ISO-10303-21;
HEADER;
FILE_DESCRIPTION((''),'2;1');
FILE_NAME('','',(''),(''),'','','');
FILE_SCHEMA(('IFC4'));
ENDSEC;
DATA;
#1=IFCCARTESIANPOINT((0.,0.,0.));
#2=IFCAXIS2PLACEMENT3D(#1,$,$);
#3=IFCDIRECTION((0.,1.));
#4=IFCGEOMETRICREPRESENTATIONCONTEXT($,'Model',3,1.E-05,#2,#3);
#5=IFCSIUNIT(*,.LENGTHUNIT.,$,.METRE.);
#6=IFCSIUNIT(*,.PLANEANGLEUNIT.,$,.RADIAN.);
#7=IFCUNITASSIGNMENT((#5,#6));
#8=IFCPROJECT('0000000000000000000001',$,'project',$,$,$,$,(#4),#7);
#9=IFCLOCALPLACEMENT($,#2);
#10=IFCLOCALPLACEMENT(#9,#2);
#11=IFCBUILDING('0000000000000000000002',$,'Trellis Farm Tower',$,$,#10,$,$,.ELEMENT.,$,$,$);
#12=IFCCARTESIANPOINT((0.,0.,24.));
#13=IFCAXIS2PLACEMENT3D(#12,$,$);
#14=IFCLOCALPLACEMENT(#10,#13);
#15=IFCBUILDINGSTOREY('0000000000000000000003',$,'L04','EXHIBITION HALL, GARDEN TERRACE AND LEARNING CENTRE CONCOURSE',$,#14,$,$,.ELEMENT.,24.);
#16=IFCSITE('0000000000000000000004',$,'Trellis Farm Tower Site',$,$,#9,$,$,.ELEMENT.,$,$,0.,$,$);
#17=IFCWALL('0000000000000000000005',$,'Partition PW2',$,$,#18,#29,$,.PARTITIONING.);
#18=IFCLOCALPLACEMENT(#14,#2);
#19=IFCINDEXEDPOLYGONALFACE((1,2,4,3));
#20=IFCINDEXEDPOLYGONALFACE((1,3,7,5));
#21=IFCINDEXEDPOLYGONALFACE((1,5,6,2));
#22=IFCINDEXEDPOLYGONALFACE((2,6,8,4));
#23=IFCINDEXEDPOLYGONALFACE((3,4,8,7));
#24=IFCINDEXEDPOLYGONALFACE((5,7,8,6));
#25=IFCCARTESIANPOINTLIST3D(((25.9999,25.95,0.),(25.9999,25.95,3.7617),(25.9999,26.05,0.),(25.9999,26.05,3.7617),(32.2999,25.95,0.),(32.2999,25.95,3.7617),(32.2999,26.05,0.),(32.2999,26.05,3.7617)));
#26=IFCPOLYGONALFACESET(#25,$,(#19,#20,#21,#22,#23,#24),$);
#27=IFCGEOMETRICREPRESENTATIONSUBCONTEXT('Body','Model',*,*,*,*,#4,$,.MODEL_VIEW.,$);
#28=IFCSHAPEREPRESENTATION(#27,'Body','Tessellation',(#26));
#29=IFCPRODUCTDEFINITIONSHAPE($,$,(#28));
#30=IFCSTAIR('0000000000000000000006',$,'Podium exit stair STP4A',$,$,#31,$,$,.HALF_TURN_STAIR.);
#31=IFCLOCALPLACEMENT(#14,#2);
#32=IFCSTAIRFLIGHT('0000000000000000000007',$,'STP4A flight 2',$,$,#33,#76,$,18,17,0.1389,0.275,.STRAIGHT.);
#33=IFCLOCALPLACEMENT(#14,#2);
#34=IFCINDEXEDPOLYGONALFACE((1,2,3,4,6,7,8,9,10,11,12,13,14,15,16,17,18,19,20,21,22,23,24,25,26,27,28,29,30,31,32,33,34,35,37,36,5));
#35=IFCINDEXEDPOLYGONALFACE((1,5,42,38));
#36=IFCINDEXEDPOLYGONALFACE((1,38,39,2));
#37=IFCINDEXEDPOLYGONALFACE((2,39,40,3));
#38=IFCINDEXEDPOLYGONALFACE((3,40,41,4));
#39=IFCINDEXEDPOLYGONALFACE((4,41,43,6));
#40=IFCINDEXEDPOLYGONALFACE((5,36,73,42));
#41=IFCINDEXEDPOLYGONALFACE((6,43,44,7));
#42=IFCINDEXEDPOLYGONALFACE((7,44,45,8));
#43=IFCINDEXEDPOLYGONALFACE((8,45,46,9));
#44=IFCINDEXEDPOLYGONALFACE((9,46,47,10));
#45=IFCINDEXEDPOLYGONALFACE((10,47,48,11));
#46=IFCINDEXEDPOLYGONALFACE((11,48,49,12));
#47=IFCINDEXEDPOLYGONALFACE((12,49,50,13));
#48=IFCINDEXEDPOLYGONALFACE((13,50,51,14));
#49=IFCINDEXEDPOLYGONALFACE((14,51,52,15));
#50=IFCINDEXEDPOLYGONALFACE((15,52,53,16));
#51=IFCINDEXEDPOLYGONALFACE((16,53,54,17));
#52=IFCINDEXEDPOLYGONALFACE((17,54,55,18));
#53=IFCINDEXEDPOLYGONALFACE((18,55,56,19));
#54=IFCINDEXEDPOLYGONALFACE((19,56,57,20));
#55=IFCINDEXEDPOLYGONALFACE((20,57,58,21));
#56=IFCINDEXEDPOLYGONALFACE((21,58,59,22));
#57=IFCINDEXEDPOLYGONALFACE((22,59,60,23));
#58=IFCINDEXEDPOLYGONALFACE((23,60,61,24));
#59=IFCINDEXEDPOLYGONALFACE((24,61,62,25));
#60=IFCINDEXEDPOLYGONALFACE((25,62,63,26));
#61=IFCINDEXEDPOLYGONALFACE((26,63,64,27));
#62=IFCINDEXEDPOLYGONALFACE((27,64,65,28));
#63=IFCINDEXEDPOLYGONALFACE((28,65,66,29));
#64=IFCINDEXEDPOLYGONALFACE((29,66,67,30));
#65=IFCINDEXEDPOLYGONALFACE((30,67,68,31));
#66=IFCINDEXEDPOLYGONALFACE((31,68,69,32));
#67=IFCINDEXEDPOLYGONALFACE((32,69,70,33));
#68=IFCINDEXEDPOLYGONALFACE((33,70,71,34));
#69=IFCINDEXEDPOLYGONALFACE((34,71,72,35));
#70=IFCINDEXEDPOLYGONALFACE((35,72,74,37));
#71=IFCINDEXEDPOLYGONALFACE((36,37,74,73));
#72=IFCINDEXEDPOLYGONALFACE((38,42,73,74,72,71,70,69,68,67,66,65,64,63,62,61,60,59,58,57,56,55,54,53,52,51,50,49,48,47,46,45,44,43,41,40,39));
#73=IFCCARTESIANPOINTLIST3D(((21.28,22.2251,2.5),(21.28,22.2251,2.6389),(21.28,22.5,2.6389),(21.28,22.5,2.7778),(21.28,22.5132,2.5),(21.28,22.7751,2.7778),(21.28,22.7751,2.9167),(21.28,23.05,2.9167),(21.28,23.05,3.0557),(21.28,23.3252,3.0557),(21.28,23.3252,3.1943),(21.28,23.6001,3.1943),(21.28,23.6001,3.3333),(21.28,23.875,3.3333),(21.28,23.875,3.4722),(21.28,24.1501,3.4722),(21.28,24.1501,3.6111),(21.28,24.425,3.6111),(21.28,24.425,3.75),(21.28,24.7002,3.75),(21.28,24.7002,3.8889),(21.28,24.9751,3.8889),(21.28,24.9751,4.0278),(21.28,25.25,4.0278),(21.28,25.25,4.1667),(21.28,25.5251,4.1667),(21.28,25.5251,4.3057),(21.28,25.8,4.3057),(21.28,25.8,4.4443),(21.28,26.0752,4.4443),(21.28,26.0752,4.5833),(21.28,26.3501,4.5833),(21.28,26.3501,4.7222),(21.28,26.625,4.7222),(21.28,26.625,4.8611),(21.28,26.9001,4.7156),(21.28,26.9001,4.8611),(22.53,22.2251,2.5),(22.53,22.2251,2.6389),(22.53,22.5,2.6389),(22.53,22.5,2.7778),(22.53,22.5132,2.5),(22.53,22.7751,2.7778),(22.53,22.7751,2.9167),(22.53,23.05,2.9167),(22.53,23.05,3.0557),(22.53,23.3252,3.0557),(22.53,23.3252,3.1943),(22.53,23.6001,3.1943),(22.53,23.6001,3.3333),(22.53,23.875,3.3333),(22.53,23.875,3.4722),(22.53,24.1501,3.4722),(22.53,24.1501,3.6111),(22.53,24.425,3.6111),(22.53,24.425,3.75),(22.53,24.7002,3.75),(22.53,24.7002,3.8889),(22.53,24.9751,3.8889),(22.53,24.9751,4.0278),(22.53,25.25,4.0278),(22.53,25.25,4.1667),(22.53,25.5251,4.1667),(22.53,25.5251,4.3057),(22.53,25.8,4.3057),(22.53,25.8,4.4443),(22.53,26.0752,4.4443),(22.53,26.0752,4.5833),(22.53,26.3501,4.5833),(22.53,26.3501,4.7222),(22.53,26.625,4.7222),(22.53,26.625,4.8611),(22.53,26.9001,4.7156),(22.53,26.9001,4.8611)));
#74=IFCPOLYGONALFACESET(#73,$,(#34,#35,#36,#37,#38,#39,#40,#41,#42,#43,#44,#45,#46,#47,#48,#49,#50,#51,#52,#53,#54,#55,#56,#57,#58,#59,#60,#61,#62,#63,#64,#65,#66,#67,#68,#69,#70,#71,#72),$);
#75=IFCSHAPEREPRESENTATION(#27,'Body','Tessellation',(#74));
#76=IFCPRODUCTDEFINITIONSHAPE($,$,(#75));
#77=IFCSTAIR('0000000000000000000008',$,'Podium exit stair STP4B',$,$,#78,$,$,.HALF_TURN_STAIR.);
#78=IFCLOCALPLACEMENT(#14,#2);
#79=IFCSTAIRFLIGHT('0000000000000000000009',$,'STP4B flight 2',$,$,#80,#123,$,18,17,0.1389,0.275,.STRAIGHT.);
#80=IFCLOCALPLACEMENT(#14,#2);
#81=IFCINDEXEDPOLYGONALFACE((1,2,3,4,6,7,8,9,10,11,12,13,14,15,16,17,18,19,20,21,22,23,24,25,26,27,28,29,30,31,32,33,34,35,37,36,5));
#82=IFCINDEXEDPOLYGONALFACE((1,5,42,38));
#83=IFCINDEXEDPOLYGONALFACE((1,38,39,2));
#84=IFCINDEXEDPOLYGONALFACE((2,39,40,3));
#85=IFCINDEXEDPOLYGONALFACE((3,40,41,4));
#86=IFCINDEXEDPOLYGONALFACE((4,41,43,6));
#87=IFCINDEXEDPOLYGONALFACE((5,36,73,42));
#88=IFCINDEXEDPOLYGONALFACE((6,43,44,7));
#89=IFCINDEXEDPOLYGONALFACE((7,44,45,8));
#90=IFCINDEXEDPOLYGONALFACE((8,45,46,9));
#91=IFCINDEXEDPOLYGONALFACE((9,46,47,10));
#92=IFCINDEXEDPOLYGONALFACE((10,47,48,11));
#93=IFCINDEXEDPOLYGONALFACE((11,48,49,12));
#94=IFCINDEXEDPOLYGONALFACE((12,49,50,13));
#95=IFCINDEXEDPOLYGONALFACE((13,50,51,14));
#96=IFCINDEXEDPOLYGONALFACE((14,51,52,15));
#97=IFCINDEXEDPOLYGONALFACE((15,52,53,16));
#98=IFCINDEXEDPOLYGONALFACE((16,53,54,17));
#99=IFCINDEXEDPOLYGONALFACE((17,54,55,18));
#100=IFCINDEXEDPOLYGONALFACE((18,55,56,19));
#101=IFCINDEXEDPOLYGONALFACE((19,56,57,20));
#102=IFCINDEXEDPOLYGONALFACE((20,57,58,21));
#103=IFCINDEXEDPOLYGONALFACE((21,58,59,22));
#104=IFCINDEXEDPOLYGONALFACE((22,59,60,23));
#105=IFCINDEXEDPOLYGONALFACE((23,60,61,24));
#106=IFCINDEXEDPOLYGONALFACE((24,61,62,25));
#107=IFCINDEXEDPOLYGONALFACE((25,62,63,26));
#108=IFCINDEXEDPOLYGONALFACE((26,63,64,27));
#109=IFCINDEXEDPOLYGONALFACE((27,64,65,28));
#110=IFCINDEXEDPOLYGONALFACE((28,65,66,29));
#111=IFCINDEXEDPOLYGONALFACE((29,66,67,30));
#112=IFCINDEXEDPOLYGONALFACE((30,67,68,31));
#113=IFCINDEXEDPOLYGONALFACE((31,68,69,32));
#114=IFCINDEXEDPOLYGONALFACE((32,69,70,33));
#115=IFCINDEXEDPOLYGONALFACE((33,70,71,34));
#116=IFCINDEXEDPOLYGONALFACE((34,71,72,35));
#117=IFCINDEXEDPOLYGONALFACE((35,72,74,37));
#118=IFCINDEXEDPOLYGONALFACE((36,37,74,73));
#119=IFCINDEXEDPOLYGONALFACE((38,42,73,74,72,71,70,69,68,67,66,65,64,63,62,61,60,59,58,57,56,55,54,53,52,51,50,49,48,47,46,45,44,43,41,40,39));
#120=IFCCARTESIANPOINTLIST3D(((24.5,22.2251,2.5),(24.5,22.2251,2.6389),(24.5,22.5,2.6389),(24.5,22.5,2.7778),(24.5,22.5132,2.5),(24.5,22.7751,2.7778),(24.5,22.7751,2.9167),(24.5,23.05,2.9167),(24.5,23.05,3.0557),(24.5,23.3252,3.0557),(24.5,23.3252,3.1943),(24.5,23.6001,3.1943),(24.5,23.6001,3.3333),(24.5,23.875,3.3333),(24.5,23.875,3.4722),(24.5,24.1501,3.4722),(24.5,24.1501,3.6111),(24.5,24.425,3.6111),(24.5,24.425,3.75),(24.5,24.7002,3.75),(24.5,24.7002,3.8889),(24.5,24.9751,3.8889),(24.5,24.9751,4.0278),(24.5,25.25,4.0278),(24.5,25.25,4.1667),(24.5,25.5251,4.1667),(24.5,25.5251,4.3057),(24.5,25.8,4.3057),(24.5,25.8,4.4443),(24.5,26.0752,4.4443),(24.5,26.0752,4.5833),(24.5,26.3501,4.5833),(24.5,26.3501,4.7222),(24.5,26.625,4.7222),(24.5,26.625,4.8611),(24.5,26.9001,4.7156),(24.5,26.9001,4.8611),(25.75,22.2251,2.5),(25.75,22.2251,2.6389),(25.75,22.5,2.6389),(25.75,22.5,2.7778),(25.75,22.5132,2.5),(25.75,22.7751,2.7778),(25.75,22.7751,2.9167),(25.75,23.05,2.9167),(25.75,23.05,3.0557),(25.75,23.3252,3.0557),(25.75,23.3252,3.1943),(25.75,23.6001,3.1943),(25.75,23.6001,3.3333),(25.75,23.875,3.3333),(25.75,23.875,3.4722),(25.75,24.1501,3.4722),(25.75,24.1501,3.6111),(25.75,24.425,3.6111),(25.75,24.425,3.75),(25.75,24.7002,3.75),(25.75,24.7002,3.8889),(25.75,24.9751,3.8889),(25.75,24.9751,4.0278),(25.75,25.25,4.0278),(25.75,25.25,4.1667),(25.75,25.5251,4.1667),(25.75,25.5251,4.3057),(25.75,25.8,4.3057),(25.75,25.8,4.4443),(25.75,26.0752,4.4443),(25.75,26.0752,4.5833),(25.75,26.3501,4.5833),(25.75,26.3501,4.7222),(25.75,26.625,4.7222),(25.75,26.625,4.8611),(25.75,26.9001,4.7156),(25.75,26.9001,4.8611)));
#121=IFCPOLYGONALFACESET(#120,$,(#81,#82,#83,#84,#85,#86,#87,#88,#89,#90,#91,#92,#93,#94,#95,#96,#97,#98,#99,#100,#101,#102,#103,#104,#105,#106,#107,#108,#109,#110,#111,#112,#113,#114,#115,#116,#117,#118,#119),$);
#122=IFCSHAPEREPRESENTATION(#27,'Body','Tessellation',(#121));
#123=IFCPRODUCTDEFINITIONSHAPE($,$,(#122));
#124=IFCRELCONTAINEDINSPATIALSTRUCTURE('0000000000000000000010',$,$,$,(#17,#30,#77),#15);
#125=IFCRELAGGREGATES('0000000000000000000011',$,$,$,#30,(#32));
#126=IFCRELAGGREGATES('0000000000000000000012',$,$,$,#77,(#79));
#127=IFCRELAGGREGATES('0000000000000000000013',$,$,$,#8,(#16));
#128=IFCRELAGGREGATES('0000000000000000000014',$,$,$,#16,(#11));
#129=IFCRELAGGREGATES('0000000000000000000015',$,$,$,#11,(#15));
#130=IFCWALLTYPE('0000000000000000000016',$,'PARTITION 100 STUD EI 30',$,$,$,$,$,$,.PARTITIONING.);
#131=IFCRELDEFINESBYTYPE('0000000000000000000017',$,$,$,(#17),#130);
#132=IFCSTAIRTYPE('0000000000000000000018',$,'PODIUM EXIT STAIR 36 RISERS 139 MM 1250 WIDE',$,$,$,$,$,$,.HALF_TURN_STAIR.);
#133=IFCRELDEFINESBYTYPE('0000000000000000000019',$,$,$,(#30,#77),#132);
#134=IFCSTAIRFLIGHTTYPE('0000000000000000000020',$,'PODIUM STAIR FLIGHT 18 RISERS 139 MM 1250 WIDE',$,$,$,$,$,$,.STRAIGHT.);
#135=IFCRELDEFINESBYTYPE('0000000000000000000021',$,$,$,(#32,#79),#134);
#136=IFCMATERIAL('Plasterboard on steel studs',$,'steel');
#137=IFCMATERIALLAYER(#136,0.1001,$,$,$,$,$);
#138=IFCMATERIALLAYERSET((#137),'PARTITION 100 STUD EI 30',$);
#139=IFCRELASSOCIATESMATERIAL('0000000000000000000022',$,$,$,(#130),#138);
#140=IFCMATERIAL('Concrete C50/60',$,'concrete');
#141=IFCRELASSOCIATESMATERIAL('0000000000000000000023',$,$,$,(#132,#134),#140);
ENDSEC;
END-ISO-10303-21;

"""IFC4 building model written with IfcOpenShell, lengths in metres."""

from ifc_helpers import new_model, si_unit, direction, frame, frame_2d, origin, place, context, subcontext, project, spatial, polyline, rectangle, outline, extrude, source, transform, mapped, material, layer, layer_set, type_object, element, aggregate, save


model = new_model("IFC4")

# Units and contexts
model_context = context("Model", 3, precision=1e-05, world=origin(), true_north=direction((0.0, 1.0)))
body_context = subcontext(model_context, "Body", "Model", "MODEL_VIEW")
ifc_project = project(units=[si_unit("LENGTHUNIT", "METRE"), si_unit("PLANEANGLEUNIT", "RADIAN")], contexts=[model_context])

# Site, building, storey
site_placement = place(None, origin())
site = spatial("IfcSite", under=ifc_project, at=site_placement, Name="Trellis Farm Tower Site", CompositionType="ELEMENT", RefElevation=0.0)
building_placement = place(site_placement, origin())
building = spatial("IfcBuilding", under=site, at=building_placement, Name="Trellis Farm Tower", CompositionType="ELEMENT")
storey_placement = place(building_placement, frame((0.0, 0.0, 24.0)))
storey = spatial("IfcBuildingStorey", under=building, at=storey_placement, Name="L04", Description="EXHIBITION HALL, GARDEN TERRACE AND LEARNING CENTRE CONCOURSE", CompositionType="ELEMENT", Elevation=24.0)

# Wall
ifc_material_1 = material(Name="Plasterboard on steel studs", Category="steel")
ifc_layer_1 = layer(ifc_material_1, 0.1001)
ifc_layer_set_1 = layer_set([ifc_layer_1], Name="PARTITION 100 STUD EI 30")
wall_type_1 = type_object("IfcWallType", Name="PARTITION 100 STUD EI 30", PredefinedType="PARTITIONING", material=ifc_layer_set_1)
shared_shape_1 = source(origin(), body_context, "Body", "SweptSolid", [
    extrude(rectangle(XDim=6.3, YDim=0.1001, at=frame_2d((3.1499, 0.0))), origin(), (0.0, 0.0, 1.0), 3.7617),
])
wall_1_placement = place(storey_placement, frame((26.0, 26.0, 0.0), z_axis=(0.0, 0.0, 1.0), x_axis=(1.0, 0.0, 0.0)))
element("IfcWall", 1, at=wall_1_placement, inside=storey, type_object=wall_type_1, Name="Partition PW2", PredefinedType="PARTITIONING", context=body_context, shape_type="MappedRepresentation", body=[
    mapped(shared_shape_1, transform((0.0, 0.0, 0.0))),
])

# Stairs, stair flights
ifc_material_2 = material(Name="Concrete C50/60", Category="concrete")
stair_type = type_object("IfcStairType", Name="PODIUM EXIT STAIR 36 RISERS 139 MM 1250 WIDE", PredefinedType="HALF_TURN_STAIR", material=ifc_material_2)
placement = place(storey_placement, origin())
stair_1 = element("IfcStair", 2, at=placement, inside=storey, type_object=stair_type, Name="Podium exit stair STP4A", PredefinedType="HALF_TURN_STAIR")
stair_flight_type = type_object("IfcStairFlightType", Name="PODIUM STAIR FLIGHT 18 RISERS 139 MM 1250 WIDE", PredefinedType="STRAIGHT", material=ifc_material_2)
shared_shape_2 = source(origin(), body_context, "Body", "SweptSolid", [
    extrude(outline(polyline([(0.0, 0.0), (0.0, 0.1389), (0.2749, 0.1389), (0.2749, 0.2778), (0.55, 0.2778), (0.55, 0.4167), (0.825, 0.4167), (0.825, 0.5557), (1.1001, 0.5557), (1.1001, 0.6943), (1.375, 0.6943), (1.375, 0.8333), (1.6499, 0.8333), (1.6499, 0.9722), (1.925, 0.9722), (1.925, 1.1111), (2.2, 1.1111), (2.2, 1.25), (2.4751, 1.25), (2.4751, 1.3889), (2.75, 1.3889), (2.75, 1.5278), (3.0249, 1.5278), (3.0249, 1.6667), (3.3, 1.6667), (3.3, 1.8057), (3.575, 1.8057), (3.575, 1.9443), (3.8501, 1.9443), (3.8501, 2.0833), (4.125, 2.0833), (4.125, 2.2222), (4.3999, 2.2222), (4.3999, 2.3611), (4.675, 2.3611), (4.675, 2.5), (4.675, 2.2156), (0.2881, 0.0), (0.0, 0.0)])), frame((0.0, 0.625, 0.0), z_axis=(0.0, -1.0, 0.0), x_axis=(1.0, 0.0, 0.0)), (0.0, 0.0, 1.0), 1.25),
])
stair_flight_1_placement = place(storey_placement, frame((21.905, 22.2251, 2.5), z_axis=(0.0, 0.0, 1.0), x_axis=(0.0, 1.0, 0.0)))
stair_flight_1 = element("IfcStairFlight", 3, at=stair_flight_1_placement, type_object=stair_flight_type, Name="STP4A flight 2", NumberOfRisers=18, NumberOfTreads=17, PredefinedType="STRAIGHT", RiserHeight=0.1389, TreadLength=0.275, context=body_context, shape_type="MappedRepresentation", body=[
    mapped(shared_shape_2, transform((0.0, 0.0, 0.0))),
])
aggregate(stair_1, [stair_flight_1])
stair_2 = element("IfcStair", 4, at=placement, inside=storey, type_object=stair_type, Name="Podium exit stair STP4B", PredefinedType="HALF_TURN_STAIR")
stair_flight_2_placement = place(storey_placement, frame((25.125, 22.2251, 2.5), z_axis=(0.0, 0.0, 1.0), x_axis=(0.0, 1.0, 0.0)))
stair_flight_2 = element("IfcStairFlight", 5, at=stair_flight_2_placement, type_object=stair_flight_type, Name="STP4B flight 2", NumberOfRisers=18, NumberOfTreads=17, PredefinedType="STRAIGHT", RiserHeight=0.1389, TreadLength=0.275, context=body_context, shape_type="MappedRepresentation", body=[
    mapped(shared_shape_2, transform((0.0, 0.0, 0.0))),
])
aggregate(stair_2, [stair_flight_2])

save(model, "model.ifc")
